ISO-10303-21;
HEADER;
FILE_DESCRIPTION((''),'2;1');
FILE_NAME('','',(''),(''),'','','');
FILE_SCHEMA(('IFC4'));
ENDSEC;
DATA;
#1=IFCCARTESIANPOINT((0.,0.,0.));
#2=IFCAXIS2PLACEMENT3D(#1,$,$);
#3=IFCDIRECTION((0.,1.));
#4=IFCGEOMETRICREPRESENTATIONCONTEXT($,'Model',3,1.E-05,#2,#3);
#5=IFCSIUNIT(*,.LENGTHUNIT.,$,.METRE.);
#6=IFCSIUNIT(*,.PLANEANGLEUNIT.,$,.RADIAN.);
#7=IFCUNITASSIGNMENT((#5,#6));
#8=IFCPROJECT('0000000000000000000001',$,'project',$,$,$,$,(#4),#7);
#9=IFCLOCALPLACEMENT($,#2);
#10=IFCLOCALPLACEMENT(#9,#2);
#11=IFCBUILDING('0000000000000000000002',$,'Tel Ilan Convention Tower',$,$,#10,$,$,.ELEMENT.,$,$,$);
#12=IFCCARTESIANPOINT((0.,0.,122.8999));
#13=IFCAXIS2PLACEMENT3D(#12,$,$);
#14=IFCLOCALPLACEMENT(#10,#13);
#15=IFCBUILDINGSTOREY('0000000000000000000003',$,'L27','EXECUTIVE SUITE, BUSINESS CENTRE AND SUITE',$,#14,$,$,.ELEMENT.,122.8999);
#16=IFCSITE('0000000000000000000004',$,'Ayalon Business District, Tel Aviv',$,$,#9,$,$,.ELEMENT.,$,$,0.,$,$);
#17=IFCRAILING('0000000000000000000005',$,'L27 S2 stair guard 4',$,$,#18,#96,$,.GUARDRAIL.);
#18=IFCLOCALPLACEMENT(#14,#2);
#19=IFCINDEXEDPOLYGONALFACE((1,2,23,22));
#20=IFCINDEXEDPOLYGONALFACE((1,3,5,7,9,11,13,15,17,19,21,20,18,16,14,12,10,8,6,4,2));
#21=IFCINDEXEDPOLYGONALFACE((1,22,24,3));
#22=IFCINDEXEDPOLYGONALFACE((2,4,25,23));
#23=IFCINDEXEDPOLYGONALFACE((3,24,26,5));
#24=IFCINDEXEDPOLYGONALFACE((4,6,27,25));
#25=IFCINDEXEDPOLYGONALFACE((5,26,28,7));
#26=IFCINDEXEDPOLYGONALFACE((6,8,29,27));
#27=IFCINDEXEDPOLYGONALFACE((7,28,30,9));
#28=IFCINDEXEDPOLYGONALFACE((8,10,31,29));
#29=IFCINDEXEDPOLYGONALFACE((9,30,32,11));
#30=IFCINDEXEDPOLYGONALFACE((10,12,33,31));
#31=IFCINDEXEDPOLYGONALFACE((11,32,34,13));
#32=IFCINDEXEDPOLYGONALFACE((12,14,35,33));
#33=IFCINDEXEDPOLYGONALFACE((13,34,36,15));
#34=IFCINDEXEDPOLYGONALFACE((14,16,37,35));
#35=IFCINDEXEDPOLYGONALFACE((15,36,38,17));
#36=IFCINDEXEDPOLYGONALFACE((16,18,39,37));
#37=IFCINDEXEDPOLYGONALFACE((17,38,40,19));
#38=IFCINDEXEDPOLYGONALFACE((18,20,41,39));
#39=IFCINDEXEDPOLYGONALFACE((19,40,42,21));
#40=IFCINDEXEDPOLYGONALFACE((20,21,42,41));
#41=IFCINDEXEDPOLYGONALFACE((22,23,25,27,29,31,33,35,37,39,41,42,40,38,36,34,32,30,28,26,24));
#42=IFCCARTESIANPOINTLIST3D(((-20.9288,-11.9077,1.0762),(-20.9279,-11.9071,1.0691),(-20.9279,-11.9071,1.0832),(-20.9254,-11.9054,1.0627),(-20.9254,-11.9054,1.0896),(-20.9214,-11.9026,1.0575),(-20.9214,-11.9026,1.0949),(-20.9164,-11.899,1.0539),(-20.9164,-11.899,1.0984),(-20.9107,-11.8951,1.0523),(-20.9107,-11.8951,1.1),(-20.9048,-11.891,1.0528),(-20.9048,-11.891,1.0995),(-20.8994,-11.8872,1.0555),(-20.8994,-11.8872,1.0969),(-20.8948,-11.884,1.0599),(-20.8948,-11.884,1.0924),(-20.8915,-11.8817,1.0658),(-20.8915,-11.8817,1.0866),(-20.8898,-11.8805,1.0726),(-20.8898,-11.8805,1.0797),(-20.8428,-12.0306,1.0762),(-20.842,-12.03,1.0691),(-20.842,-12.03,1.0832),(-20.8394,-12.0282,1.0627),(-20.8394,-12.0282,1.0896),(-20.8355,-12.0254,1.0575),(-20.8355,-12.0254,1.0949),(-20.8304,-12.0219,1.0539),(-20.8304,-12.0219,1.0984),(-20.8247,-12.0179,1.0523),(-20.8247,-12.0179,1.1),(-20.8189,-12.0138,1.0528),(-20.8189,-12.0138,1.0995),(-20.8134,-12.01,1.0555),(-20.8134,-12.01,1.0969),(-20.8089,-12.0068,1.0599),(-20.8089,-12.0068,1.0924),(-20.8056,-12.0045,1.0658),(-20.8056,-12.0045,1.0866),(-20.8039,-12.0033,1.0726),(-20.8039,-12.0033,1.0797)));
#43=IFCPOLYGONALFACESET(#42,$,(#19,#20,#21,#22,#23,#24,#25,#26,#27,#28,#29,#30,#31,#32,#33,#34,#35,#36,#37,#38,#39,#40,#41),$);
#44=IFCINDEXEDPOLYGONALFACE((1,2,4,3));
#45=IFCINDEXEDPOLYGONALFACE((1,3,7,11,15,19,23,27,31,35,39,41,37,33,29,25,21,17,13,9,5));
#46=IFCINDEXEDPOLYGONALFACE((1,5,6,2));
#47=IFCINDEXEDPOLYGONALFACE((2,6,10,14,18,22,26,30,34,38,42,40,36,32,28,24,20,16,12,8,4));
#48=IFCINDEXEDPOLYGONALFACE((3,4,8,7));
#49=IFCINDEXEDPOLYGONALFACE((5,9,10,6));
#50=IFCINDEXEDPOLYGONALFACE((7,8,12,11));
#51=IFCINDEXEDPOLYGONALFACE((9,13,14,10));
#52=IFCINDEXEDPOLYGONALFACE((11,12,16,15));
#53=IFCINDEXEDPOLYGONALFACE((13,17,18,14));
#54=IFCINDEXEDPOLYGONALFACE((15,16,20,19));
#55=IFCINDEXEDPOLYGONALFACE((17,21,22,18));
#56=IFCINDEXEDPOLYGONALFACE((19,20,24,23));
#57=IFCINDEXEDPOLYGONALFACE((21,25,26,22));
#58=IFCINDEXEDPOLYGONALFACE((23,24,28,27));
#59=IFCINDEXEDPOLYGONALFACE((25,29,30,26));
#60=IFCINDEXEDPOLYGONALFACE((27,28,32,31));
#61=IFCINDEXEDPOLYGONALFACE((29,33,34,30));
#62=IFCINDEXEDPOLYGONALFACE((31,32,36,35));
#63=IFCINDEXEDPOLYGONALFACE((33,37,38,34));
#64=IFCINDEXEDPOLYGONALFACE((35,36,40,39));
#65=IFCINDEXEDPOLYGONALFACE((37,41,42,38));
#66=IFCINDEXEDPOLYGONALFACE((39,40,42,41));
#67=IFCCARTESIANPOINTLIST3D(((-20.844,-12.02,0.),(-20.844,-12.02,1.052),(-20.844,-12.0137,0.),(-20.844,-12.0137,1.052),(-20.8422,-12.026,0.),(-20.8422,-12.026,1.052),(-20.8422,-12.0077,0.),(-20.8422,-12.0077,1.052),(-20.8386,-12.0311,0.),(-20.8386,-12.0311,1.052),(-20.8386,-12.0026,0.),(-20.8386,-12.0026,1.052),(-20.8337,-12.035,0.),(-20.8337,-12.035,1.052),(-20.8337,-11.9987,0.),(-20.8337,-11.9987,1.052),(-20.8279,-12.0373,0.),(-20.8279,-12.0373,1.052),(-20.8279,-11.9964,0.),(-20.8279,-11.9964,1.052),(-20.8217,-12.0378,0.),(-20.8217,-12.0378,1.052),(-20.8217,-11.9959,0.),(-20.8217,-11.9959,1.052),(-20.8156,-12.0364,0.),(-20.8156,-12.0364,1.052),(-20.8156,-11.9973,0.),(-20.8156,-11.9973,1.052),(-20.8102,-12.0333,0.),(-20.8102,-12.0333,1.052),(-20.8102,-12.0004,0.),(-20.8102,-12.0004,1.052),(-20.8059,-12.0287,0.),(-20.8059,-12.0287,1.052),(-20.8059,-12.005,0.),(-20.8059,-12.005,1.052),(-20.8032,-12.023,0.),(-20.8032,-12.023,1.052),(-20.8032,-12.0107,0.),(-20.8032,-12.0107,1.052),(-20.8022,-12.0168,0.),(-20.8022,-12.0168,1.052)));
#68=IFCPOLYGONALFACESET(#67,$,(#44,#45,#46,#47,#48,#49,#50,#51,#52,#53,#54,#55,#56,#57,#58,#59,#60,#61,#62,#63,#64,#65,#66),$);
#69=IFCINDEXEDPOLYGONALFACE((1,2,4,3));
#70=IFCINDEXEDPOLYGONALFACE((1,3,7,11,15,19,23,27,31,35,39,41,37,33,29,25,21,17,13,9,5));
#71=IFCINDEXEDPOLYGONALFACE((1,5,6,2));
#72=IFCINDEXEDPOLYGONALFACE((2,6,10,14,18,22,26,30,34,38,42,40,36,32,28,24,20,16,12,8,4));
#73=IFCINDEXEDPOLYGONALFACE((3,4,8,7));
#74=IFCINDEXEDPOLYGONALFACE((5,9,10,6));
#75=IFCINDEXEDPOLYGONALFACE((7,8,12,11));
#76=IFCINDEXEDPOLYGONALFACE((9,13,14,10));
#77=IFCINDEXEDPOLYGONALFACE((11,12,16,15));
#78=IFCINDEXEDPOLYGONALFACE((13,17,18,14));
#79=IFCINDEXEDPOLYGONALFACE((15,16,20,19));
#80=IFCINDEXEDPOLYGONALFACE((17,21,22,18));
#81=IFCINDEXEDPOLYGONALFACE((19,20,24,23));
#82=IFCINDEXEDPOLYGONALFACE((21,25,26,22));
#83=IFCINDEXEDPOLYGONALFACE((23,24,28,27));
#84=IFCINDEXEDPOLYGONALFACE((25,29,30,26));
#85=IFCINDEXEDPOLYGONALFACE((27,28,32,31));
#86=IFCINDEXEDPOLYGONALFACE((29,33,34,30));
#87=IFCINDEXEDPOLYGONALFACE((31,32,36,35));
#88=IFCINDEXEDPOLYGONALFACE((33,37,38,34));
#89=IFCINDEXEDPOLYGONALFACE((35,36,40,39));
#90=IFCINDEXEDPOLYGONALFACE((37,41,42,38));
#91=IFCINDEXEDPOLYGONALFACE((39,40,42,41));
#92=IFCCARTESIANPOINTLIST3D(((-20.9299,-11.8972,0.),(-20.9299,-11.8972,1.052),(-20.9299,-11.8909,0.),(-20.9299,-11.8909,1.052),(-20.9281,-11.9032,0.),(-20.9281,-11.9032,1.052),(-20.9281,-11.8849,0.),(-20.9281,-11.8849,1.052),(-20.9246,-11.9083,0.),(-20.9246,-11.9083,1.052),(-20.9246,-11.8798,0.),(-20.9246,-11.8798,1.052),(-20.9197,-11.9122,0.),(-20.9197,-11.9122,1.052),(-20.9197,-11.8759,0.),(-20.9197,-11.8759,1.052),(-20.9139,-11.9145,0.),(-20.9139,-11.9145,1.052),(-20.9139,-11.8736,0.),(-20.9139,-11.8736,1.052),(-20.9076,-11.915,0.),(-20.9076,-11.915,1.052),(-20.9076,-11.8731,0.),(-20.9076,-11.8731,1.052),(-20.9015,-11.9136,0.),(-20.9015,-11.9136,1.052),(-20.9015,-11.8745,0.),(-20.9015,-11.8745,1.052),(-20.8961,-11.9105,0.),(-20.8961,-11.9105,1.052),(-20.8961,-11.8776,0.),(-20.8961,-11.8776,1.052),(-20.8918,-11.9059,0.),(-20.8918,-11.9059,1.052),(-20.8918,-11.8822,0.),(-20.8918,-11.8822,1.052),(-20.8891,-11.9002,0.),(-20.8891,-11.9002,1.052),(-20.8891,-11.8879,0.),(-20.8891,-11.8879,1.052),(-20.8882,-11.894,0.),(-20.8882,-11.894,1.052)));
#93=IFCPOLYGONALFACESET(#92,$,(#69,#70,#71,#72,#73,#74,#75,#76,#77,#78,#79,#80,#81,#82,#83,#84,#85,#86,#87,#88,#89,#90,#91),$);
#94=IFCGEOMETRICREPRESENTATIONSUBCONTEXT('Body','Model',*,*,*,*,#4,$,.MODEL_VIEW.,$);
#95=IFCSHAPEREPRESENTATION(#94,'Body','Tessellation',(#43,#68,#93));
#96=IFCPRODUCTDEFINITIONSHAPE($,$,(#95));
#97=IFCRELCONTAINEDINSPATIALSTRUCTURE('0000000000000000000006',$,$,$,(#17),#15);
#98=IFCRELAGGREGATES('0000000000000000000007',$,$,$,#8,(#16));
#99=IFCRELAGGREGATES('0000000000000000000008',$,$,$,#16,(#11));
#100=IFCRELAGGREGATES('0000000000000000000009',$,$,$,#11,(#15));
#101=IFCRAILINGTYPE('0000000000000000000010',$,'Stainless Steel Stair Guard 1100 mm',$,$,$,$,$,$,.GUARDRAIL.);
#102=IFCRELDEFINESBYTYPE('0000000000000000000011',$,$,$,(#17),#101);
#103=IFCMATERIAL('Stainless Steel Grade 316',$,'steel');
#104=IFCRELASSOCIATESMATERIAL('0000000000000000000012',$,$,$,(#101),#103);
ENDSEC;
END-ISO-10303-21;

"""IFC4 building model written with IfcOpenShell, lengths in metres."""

from ifc_helpers import new_model, si_unit, direction, frame, origin, origin_2d, place, context, subcontext, project, spatial, circle, extrude, material, type_object, element, save


model = new_model("IFC4")

# Units and contexts
model_context = context("Model", 3, precision=1e-05, world=origin(), true_north=direction((0.0, 1.0)))
body_context = subcontext(model_context, "Body", "Model", "MODEL_VIEW")
ifc_project = project(units=[si_unit("LENGTHUNIT", "METRE"), si_unit("PLANEANGLEUNIT", "RADIAN")], contexts=[model_context])

# Site, building, storey
site_placement = place(None, origin())
site = spatial("IfcSite", under=ifc_project, at=site_placement, Name="Ayalon Business District, Tel Aviv", CompositionType="ELEMENT", RefElevation=0.0)
building_placement = place(site_placement, origin())
building = spatial("IfcBuilding", under=site, at=building_placement, Name="Tel Ilan Convention Tower", CompositionType="ELEMENT")
storey_placement = place(building_placement, frame((0.0, 0.0, 122.8999)))
storey = spatial("IfcBuildingStorey", under=building, at=storey_placement, Name="L27", Description="EXECUTIVE SUITE, BUSINESS CENTRE AND SUITE", CompositionType="ELEMENT", Elevation=122.8999)

# Railing
ifc_material_1 = material(Name="Stainless Steel Grade 316", Category="steel")
railing_type_1 = type_object("IfcRailingType", Name="Stainless Steel Stair Guard 1100 mm", PredefinedType="GUARDRAIL", material=ifc_material_1)
railing_1_placement = place(storey_placement, frame((-20.8232, -12.0168, 0.0)))
element("IfcRailing", 1, at=railing_1_placement, inside=storey, type_object=railing_type_1, Name="L27 S2 stair guard 4", PredefinedType="GUARDRAIL", context=body_context, shape_type="SweptSolid", body=[
    extrude(circle(Radius=0.0239, at=origin_2d()), frame((0.0, 0.0, 1.0762), z_axis=(-0.573353, 0.819308, 0.0), x_axis=(-0.819308, -0.573353, 0.0)), (0.0, 0.0, 1.0), 0.1499),
    extrude(circle(Radius=0.021, at=origin_2d()), origin(), (0.0, 0.0, 1.0), 1.052),
    extrude(circle(Radius=0.021, at=origin_2d()), frame((-0.0859, 0.1228, 0.0)), (0.0, 0.0, 1.0), 1.052),
])

save(model, "model.ifc")
